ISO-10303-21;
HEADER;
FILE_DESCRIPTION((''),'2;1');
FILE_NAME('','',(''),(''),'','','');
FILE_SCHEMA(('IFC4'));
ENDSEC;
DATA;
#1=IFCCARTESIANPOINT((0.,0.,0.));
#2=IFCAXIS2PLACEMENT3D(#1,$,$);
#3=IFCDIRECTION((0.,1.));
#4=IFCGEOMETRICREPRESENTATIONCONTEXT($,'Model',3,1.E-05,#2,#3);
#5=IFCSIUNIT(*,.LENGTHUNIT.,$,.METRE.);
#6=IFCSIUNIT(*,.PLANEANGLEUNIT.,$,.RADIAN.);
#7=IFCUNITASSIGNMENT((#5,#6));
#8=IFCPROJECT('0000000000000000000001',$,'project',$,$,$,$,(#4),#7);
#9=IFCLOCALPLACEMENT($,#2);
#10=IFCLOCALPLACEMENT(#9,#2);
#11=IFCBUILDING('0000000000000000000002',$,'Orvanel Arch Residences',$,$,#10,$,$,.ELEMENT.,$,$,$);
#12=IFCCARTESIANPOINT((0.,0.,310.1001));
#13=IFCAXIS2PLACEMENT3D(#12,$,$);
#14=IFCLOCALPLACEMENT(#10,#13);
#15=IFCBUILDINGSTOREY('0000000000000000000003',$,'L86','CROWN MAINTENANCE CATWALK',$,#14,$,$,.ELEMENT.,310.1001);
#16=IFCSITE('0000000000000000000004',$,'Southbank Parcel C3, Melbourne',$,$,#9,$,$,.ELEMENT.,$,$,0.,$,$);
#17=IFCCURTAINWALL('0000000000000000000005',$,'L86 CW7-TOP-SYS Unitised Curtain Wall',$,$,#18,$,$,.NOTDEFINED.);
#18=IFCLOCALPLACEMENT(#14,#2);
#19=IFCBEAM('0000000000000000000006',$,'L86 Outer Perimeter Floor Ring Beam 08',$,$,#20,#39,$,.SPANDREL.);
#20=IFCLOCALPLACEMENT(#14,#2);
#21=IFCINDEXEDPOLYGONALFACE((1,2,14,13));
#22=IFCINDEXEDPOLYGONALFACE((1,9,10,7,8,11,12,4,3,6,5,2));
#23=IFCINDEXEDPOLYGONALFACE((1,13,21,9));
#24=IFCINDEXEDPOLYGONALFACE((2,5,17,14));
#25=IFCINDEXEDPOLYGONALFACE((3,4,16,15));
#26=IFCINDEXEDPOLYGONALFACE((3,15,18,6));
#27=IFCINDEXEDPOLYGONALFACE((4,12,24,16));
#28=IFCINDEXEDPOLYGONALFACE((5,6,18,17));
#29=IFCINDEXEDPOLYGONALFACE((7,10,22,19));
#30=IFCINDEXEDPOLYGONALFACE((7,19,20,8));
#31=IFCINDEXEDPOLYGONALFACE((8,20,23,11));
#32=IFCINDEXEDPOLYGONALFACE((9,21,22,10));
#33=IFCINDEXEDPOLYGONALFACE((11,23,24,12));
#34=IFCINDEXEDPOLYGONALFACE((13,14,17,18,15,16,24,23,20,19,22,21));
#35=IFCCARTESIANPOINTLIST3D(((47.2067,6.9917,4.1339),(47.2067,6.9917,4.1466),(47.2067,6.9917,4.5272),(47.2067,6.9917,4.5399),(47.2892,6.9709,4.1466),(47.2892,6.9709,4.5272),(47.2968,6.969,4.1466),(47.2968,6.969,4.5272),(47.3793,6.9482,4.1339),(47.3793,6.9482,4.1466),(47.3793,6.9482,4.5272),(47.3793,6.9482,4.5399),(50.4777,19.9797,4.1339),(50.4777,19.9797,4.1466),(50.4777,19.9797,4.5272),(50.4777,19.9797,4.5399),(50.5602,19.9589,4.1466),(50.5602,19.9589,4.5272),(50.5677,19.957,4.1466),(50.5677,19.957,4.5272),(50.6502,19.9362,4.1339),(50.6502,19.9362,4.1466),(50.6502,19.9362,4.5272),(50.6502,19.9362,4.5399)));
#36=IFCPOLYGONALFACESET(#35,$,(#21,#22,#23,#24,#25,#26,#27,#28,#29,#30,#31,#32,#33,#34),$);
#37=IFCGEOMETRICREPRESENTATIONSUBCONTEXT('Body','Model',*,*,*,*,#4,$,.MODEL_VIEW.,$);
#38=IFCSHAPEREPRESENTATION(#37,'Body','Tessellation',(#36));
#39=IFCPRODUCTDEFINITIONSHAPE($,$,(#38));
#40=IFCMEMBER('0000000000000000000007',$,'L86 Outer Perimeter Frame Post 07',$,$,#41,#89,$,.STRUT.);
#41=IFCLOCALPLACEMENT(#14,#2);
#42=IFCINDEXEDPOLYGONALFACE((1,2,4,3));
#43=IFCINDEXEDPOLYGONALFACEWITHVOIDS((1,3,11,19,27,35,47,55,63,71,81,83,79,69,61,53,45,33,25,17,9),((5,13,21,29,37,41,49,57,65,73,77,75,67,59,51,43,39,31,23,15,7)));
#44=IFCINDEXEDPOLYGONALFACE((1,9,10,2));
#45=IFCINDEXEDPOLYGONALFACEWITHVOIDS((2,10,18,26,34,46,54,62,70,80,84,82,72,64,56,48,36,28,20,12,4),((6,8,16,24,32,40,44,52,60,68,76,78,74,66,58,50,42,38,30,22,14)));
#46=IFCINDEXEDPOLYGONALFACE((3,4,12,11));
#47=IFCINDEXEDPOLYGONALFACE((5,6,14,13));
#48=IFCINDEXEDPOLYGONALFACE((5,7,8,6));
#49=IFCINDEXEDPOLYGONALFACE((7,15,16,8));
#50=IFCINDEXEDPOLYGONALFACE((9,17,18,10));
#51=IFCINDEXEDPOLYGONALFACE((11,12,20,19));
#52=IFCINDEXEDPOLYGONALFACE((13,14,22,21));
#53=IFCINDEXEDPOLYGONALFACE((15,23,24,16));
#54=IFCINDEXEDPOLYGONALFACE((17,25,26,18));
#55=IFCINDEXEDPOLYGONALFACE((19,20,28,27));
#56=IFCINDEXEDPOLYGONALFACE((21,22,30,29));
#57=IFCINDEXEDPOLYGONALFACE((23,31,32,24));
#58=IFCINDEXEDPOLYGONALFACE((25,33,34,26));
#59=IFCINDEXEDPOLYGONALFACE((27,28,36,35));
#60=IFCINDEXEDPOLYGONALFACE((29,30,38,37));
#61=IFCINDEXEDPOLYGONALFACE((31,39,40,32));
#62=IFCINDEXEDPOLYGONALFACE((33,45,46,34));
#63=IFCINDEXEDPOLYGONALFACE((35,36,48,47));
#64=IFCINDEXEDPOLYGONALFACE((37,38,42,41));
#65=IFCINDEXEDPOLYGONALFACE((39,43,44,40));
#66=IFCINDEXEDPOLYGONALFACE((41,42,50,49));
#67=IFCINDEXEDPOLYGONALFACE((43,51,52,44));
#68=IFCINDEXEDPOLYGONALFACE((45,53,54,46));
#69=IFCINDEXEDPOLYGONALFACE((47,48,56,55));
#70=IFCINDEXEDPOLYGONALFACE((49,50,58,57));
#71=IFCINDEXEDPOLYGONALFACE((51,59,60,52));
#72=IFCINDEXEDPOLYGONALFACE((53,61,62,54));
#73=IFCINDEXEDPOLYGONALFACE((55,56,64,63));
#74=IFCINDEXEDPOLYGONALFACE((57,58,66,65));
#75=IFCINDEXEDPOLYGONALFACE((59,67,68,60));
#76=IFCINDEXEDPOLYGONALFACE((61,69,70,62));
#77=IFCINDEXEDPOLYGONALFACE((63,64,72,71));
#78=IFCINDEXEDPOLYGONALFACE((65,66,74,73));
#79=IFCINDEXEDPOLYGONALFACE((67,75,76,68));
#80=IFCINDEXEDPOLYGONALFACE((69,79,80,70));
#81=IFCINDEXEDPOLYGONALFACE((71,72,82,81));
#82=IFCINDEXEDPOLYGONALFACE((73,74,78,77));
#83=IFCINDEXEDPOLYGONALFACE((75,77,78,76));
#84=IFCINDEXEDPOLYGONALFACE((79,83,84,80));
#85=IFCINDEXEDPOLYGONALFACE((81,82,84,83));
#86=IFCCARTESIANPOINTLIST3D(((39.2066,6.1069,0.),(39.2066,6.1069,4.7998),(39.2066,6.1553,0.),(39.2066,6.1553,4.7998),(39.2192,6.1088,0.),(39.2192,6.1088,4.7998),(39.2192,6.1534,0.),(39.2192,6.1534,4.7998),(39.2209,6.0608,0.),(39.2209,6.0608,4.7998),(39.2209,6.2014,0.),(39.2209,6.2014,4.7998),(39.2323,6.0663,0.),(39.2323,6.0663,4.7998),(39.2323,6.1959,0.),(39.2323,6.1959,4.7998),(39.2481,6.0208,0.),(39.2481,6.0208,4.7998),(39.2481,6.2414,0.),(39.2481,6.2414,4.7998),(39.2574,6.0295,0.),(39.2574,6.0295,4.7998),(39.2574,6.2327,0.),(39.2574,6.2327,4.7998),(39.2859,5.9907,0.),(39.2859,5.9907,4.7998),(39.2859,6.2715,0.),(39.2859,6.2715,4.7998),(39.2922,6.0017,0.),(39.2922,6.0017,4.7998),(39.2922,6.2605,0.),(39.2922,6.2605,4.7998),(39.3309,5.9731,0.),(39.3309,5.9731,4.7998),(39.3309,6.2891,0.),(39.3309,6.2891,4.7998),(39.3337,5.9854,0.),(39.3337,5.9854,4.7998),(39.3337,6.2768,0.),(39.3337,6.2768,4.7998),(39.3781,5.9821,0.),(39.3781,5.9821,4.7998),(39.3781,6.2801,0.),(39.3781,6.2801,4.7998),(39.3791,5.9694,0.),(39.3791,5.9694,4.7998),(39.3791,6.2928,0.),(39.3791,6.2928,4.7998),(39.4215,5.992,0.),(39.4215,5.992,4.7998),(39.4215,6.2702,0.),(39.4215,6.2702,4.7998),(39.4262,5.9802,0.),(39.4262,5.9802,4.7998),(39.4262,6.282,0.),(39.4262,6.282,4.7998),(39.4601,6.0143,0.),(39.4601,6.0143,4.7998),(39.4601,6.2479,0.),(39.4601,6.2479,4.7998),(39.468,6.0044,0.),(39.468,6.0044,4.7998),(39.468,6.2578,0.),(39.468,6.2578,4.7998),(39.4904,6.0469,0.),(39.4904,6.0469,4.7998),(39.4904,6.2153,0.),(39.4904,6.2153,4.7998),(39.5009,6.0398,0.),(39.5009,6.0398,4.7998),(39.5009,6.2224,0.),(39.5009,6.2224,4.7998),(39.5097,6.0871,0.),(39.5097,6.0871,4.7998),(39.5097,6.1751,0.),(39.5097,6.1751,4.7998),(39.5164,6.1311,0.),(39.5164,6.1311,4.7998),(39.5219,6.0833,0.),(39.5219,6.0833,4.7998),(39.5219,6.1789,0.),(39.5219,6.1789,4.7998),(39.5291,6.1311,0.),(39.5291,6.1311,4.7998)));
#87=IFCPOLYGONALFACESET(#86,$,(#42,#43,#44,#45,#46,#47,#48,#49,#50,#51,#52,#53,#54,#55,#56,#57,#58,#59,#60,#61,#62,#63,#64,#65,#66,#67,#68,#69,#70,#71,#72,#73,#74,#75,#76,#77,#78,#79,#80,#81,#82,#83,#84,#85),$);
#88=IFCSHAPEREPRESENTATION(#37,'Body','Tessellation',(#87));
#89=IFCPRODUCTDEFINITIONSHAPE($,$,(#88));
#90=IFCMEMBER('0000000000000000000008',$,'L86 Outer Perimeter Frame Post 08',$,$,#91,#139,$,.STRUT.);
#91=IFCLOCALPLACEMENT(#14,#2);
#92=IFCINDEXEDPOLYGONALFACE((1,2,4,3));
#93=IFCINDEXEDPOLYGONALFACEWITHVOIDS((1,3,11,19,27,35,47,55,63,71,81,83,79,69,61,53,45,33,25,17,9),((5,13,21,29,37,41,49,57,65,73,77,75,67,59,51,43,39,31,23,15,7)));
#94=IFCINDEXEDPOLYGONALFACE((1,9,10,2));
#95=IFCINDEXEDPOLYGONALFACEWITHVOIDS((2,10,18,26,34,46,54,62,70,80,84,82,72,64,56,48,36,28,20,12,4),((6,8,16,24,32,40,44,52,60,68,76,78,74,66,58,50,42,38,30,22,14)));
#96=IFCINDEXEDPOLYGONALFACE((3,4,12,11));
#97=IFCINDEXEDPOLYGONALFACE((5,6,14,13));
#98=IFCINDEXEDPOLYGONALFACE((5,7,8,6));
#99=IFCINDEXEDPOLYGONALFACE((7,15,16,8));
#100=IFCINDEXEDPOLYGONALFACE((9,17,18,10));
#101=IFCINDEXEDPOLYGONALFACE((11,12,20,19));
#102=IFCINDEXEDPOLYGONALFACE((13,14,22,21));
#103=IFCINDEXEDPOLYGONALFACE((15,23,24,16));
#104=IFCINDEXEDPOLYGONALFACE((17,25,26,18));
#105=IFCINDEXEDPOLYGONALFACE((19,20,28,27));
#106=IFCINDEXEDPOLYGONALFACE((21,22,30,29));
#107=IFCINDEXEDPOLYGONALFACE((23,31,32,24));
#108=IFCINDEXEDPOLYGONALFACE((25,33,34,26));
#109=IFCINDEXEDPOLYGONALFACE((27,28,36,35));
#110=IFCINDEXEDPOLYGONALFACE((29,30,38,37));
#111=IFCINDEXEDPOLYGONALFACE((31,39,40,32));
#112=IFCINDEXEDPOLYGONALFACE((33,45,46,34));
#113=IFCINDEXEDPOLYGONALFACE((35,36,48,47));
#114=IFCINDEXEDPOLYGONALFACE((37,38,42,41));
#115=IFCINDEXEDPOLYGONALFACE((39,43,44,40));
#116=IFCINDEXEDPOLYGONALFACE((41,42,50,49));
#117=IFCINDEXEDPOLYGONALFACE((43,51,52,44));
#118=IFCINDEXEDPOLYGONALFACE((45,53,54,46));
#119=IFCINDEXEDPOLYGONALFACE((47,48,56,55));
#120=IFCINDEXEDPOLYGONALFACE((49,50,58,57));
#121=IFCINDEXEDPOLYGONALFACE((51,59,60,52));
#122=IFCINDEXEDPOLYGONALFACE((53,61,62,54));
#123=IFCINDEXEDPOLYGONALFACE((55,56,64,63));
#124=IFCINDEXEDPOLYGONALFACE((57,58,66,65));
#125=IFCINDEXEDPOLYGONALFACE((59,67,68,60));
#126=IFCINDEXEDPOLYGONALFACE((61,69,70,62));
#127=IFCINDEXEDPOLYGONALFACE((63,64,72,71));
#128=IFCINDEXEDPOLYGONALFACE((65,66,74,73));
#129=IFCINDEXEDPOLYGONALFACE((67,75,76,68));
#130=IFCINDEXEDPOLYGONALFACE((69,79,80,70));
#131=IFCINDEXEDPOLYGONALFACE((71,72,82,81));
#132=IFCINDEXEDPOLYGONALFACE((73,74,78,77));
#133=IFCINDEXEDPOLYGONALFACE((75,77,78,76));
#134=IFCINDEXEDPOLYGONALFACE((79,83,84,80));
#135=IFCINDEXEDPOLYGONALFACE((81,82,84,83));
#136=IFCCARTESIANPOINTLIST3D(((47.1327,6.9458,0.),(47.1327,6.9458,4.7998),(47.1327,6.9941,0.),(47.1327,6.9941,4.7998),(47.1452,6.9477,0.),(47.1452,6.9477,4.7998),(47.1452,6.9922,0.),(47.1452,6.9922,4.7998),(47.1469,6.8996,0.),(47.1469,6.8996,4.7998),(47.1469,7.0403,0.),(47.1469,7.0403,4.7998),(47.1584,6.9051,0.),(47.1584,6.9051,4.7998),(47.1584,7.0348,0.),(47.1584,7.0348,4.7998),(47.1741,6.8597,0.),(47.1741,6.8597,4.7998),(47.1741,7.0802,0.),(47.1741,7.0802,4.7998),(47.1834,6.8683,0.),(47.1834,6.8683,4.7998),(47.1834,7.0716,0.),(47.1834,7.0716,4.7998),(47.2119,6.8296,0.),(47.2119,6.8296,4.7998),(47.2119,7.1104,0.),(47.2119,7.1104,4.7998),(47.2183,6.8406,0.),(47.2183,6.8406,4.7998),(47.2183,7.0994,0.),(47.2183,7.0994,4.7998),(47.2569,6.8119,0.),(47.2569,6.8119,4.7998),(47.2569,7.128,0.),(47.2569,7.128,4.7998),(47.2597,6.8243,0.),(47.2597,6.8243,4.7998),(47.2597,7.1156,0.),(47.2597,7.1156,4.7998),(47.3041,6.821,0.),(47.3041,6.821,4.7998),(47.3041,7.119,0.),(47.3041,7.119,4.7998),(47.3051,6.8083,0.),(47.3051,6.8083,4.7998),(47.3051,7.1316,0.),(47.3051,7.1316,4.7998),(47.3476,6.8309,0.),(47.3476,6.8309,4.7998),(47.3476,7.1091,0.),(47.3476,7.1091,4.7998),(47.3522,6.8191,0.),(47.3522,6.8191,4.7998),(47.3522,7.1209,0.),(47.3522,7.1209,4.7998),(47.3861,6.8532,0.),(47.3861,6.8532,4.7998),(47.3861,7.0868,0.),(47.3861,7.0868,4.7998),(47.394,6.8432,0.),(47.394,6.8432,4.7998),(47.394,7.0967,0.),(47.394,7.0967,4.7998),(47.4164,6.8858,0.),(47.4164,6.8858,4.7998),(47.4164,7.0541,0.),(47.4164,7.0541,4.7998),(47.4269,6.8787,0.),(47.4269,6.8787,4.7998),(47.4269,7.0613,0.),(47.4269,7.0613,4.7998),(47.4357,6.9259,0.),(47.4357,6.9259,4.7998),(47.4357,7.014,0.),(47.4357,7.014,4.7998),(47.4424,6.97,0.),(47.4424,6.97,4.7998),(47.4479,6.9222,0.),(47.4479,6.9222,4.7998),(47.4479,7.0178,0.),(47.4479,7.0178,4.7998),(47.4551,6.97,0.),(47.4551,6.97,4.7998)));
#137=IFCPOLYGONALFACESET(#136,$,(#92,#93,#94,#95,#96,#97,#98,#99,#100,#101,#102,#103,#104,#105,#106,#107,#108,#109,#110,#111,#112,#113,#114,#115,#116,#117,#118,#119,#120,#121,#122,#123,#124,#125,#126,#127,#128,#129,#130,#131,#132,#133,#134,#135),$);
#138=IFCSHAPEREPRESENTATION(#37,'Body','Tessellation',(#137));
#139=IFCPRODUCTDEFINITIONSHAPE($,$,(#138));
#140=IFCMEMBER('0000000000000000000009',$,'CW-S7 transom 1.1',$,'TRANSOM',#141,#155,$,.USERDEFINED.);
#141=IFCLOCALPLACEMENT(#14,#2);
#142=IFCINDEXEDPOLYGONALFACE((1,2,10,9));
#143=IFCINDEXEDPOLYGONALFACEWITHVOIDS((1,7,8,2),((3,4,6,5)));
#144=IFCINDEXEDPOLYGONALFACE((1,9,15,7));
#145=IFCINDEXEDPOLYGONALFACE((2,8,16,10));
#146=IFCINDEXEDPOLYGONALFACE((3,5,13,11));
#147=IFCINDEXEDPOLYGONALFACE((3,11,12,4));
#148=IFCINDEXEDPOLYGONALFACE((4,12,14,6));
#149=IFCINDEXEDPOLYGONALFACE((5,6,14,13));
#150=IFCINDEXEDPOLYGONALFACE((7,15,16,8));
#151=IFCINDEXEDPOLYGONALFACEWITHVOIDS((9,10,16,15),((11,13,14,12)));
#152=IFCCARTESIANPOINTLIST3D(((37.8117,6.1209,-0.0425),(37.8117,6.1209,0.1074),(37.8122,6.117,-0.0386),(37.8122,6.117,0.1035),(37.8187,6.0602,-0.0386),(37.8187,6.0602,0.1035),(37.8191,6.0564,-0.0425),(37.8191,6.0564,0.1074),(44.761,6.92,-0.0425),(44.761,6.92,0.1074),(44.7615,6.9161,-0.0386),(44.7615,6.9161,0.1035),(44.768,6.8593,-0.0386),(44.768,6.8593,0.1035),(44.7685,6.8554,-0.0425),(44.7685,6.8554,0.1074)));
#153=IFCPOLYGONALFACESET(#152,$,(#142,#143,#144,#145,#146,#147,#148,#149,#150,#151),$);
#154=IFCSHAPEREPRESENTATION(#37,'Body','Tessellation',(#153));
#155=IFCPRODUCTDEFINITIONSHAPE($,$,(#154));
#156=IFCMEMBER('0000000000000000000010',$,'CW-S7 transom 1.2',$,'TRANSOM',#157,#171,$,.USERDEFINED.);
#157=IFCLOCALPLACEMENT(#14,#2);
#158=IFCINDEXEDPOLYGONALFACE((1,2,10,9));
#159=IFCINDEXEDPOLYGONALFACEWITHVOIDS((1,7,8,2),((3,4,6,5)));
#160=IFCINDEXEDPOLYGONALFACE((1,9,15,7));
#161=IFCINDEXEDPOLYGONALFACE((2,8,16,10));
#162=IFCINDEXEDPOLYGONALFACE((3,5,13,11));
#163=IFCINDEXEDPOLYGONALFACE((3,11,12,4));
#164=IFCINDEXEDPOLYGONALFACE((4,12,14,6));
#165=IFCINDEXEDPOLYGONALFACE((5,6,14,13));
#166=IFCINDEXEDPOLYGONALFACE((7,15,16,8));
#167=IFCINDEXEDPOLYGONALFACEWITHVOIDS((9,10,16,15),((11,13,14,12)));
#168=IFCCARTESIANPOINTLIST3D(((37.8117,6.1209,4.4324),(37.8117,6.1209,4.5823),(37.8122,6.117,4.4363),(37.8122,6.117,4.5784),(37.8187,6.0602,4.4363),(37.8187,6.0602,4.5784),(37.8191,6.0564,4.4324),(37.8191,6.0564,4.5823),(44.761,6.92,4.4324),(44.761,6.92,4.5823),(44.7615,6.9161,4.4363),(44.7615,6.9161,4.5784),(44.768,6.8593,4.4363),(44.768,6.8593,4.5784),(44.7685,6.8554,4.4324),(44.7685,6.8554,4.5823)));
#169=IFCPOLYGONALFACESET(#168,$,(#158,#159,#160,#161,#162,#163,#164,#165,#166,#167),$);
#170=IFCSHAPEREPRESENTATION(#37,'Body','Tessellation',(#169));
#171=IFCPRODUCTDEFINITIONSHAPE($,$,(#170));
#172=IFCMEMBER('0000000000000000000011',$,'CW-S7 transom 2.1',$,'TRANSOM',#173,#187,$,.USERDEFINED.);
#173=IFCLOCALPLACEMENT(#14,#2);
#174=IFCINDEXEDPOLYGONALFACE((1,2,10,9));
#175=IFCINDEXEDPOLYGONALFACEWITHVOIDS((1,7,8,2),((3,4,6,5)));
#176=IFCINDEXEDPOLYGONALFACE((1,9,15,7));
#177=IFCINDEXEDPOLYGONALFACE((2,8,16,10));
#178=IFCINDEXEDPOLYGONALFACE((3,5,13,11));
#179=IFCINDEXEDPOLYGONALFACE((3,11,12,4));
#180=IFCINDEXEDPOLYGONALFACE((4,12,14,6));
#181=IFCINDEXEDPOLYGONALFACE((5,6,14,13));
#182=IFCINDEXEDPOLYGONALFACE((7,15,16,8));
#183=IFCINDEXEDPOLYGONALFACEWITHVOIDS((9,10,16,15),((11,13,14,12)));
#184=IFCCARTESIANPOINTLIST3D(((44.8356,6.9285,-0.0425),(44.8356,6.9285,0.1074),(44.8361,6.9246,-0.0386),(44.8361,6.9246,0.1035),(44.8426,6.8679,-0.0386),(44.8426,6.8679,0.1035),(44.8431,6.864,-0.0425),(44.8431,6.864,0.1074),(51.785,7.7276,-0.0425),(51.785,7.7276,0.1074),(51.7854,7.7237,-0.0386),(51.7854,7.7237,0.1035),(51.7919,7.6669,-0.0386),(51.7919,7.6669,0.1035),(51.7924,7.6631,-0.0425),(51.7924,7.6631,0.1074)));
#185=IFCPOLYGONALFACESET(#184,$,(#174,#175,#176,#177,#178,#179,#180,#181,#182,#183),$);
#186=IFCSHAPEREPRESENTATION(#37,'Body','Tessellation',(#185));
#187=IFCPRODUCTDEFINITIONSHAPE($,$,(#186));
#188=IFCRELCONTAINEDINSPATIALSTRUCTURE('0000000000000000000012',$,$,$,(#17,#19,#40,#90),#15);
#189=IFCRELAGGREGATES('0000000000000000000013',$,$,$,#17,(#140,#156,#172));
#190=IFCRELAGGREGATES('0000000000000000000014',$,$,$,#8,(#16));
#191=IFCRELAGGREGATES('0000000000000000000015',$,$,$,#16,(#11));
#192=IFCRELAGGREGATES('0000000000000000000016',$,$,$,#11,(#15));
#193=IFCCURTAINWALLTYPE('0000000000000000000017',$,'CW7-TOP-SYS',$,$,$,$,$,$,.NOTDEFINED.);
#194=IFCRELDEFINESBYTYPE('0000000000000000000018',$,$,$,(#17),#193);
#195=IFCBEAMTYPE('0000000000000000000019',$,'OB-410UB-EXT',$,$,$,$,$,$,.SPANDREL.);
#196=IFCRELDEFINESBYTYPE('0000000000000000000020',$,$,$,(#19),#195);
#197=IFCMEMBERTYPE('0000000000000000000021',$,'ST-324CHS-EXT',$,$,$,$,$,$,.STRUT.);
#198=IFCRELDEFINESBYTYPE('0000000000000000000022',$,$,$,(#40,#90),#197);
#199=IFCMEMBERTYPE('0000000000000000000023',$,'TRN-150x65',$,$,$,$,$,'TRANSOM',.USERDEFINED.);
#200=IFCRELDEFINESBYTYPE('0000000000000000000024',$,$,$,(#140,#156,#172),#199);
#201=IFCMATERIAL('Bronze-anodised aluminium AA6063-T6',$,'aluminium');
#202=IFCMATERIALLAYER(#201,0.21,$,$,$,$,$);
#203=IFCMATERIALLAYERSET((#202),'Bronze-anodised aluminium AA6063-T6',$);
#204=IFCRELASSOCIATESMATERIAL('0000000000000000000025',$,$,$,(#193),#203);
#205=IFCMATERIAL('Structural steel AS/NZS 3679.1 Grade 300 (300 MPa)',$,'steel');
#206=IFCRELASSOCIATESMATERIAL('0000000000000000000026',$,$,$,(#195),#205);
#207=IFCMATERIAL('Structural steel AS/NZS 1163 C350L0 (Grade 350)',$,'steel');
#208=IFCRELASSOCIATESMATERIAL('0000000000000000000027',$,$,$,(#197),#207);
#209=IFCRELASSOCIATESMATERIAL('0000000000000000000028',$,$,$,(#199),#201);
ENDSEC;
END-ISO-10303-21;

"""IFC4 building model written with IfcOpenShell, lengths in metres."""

from ifc_helpers import new_model, si_unit, direction, frame, origin, origin_2d, place, context, subcontext, project, spatial, hollow_rectangle, hollow_circle, i_section, extrude, material, layer, layer_set, material_profile, profile_set, type_object, element, aggregate, save


model = new_model("IFC4")

# Units and contexts
model_context = context("Model", 3, precision=1e-05, world=origin(), true_north=direction((0.0, 1.0)))
body_context = subcontext(model_context, "Body", "Model", "MODEL_VIEW")
ifc_project = project(units=[si_unit("LENGTHUNIT", "METRE"), si_unit("PLANEANGLEUNIT", "RADIAN")], contexts=[model_context])

# Site, building, storey
site_placement = place(None, origin())
site = spatial("IfcSite", under=ifc_project, at=site_placement, Name="Southbank Parcel C3, Melbourne", CompositionType="ELEMENT", RefElevation=0.0)
building_placement = place(site_placement, origin())
building = spatial("IfcBuilding", under=site, at=building_placement, Name="Orvanel Arch Residences", CompositionType="ELEMENT")
storey_placement = place(building_placement, frame((0.0, 0.0, 310.1001)))
storey = spatial("IfcBuildingStorey", under=building, at=storey_placement, Name="L86", Description="CROWN MAINTENANCE CATWALK", CompositionType="ELEMENT", Elevation=310.1001)

# Shared definitions
ifc_material_1 = material(Name="Bronze-anodised aluminium AA6063-T6", Category="aluminium")
ifc_layer_1 = layer(ifc_material_1, 0.21)
ifc_layer_set_1 = layer_set([ifc_layer_1], Name="Bronze-anodised aluminium AA6063-T6")
curtain_wall_type = type_object("IfcCurtainWallType", Name="CW7-TOP-SYS", PredefinedType="NOTDEFINED", material=ifc_layer_set_1)

# Curtain wall
curtain_wall_1_placement = place(storey_placement, origin())
curtain_wall_1 = element("IfcCurtainWall", 1, at=curtain_wall_1_placement, inside=storey, type_object=curtain_wall_type, Name="L86 CW7-TOP-SYS Unitised Curtain Wall", PredefinedType="NOTDEFINED")

# Beam
ifc_material_2 = material(Name="Structural steel AS/NZS 3679.1 Grade 300 (300 MPa)", Category="steel")
ifc_material_profile_1 = material_profile(ifc_material_2, i_section(OverallWidth=0.178, OverallDepth=0.406, WebThickness=0.0078, FlangeThickness=0.0127, at=origin_2d()), Name="410UB59.7")
ifc_profile_set_1 = profile_set([ifc_material_profile_1], Name="Structural steel AS/NZS 3679.1 Grade 300 (300 MPa)")
beam_type_1 = type_object("IfcBeamType", Name="OB-410UB-EXT", PredefinedType="SPANDREL", material=ifc_profile_set_1)
beam_1_placement = place(storey_placement, frame((47.293, 6.97, 4.3369), z_axis=(0.244221, 0.96972, 0.0), x_axis=(-0.96972, 0.244221, 0.0)))
element("IfcBeam", 2, at=beam_1_placement, inside=storey, type_object=beam_type_1, Name="L86 Outer Perimeter Floor Ring Beam 08", PredefinedType="SPANDREL", context=body_context, shape_type="SweptSolid", body=[
    extrude(i_section(OverallWidth=0.178, OverallDepth=0.406, WebThickness=0.0078, FlangeThickness=0.0127, at=origin_2d()), origin(), (0.0, 0.0, 1.0), 13.3936),
])

# Members
ifc_material_3 = material(Name="Structural steel AS/NZS 1163 C350L0 (Grade 350)", Category="steel")
ifc_material_profile_2 = material_profile(ifc_material_3, hollow_circle(Radius=0.1621, WallThickness=0.0127, at=origin_2d()), Name="CHS324x12.7")
ifc_profile_set_2 = profile_set([ifc_material_profile_2], Name="Structural steel AS/NZS 1163 C350L0 (Grade 350)")
member_type_1 = type_object("IfcMemberType", Name="ST-324CHS-EXT", PredefinedType="STRUT", material=ifc_profile_set_2)
for number, where, z_axis, x_axis, name in (
    (3, (39.3669, 6.1311, 0.0), (0.0, 0.0, 1.0), (1.0, 0.0, 0.0), "L86 Outer Perimeter Frame Post 07"),
    (4, (47.293, 6.97, 0.0), (0.0, 0.0, 1.0), (1.0, 0.0, 0.0), "L86 Outer Perimeter Frame Post 08"),
):
    element("IfcMember", number, at=place(storey_placement, frame(where, z_axis=z_axis, x_axis=x_axis)), inside=storey, type_object=member_type_1, Name=name, PredefinedType="STRUT", context=body_context, shape_type="SweptSolid", body=[
        extrude(hollow_circle(Radius=0.1621, WallThickness=0.0127, at=origin_2d()), origin(), (0.0, 0.0, 1.0), 4.7998),
    ])

# Members
ifc_material_profile_3 = material_profile(ifc_material_1, hollow_rectangle(XDim=0.0649, YDim=0.1499, WallThickness=0.0039, at=origin_2d()), Name="ALU150x65x4")
ifc_profile_set_3 = profile_set([ifc_material_profile_3], Name="Bronze-anodised aluminium AA6063-T6")
member_type_2 = type_object("IfcMemberType", Name="TRN-150x65", ElementType="TRANSOM", PredefinedType="USERDEFINED", material=ifc_profile_set_3)
member_1_placement = place(storey_placement, frame((37.8154, 6.0886, 0.0325), z_axis=(0.993454, 0.114235, 0.0), x_axis=(-0.114235, 0.993454, 0.0)))
member_1 = element("IfcMember", 5, at=member_1_placement, type_object=member_type_2, Name="CW-S7 transom 1.1", ObjectType="TRANSOM", PredefinedType="USERDEFINED", context=body_context, shape_type="SweptSolid", body=[
    extrude(hollow_rectangle(XDim=0.0649, YDim=0.1499, WallThickness=0.0039, at=origin_2d()), origin(), (0.0, 0.0, 1.0), 6.9951),
])
member_2_placement = place(storey_placement, frame((37.8154, 6.0886, 4.5073), z_axis=(0.993454, 0.114235, 0.0), x_axis=(-0.114235, 0.993454, 0.0)))
member_2 = element("IfcMember", 6, at=member_2_placement, type_object=member_type_2, Name="CW-S7 transom 1.2", ObjectType="TRANSOM", PredefinedType="USERDEFINED", context=body_context, shape_type="SweptSolid", body=[
    extrude(hollow_rectangle(XDim=0.0649, YDim=0.1499, WallThickness=0.0039, at=origin_2d()), origin(), (0.0, 0.0, 1.0), 6.9951),
])
member_3_placement = place(storey_placement, frame((44.8394, 6.8962, 0.0325), z_axis=(0.993454, 0.114235, 0.0), x_axis=(-0.114235, 0.993454, 0.0)))
member_3 = element("IfcMember", 7, at=member_3_placement, type_object=member_type_2, Name="CW-S7 transom 2.1", ObjectType="TRANSOM", PredefinedType="USERDEFINED", context=body_context, shape_type="SweptSolid", body=[
    extrude(hollow_rectangle(XDim=0.0649, YDim=0.1499, WallThickness=0.0039, at=origin_2d()), origin(), (0.0, 0.0, 1.0), 6.9951),
])

aggregate(curtain_wall_1, [member_1, member_2, member_3])

save(model, "model.ifc")
